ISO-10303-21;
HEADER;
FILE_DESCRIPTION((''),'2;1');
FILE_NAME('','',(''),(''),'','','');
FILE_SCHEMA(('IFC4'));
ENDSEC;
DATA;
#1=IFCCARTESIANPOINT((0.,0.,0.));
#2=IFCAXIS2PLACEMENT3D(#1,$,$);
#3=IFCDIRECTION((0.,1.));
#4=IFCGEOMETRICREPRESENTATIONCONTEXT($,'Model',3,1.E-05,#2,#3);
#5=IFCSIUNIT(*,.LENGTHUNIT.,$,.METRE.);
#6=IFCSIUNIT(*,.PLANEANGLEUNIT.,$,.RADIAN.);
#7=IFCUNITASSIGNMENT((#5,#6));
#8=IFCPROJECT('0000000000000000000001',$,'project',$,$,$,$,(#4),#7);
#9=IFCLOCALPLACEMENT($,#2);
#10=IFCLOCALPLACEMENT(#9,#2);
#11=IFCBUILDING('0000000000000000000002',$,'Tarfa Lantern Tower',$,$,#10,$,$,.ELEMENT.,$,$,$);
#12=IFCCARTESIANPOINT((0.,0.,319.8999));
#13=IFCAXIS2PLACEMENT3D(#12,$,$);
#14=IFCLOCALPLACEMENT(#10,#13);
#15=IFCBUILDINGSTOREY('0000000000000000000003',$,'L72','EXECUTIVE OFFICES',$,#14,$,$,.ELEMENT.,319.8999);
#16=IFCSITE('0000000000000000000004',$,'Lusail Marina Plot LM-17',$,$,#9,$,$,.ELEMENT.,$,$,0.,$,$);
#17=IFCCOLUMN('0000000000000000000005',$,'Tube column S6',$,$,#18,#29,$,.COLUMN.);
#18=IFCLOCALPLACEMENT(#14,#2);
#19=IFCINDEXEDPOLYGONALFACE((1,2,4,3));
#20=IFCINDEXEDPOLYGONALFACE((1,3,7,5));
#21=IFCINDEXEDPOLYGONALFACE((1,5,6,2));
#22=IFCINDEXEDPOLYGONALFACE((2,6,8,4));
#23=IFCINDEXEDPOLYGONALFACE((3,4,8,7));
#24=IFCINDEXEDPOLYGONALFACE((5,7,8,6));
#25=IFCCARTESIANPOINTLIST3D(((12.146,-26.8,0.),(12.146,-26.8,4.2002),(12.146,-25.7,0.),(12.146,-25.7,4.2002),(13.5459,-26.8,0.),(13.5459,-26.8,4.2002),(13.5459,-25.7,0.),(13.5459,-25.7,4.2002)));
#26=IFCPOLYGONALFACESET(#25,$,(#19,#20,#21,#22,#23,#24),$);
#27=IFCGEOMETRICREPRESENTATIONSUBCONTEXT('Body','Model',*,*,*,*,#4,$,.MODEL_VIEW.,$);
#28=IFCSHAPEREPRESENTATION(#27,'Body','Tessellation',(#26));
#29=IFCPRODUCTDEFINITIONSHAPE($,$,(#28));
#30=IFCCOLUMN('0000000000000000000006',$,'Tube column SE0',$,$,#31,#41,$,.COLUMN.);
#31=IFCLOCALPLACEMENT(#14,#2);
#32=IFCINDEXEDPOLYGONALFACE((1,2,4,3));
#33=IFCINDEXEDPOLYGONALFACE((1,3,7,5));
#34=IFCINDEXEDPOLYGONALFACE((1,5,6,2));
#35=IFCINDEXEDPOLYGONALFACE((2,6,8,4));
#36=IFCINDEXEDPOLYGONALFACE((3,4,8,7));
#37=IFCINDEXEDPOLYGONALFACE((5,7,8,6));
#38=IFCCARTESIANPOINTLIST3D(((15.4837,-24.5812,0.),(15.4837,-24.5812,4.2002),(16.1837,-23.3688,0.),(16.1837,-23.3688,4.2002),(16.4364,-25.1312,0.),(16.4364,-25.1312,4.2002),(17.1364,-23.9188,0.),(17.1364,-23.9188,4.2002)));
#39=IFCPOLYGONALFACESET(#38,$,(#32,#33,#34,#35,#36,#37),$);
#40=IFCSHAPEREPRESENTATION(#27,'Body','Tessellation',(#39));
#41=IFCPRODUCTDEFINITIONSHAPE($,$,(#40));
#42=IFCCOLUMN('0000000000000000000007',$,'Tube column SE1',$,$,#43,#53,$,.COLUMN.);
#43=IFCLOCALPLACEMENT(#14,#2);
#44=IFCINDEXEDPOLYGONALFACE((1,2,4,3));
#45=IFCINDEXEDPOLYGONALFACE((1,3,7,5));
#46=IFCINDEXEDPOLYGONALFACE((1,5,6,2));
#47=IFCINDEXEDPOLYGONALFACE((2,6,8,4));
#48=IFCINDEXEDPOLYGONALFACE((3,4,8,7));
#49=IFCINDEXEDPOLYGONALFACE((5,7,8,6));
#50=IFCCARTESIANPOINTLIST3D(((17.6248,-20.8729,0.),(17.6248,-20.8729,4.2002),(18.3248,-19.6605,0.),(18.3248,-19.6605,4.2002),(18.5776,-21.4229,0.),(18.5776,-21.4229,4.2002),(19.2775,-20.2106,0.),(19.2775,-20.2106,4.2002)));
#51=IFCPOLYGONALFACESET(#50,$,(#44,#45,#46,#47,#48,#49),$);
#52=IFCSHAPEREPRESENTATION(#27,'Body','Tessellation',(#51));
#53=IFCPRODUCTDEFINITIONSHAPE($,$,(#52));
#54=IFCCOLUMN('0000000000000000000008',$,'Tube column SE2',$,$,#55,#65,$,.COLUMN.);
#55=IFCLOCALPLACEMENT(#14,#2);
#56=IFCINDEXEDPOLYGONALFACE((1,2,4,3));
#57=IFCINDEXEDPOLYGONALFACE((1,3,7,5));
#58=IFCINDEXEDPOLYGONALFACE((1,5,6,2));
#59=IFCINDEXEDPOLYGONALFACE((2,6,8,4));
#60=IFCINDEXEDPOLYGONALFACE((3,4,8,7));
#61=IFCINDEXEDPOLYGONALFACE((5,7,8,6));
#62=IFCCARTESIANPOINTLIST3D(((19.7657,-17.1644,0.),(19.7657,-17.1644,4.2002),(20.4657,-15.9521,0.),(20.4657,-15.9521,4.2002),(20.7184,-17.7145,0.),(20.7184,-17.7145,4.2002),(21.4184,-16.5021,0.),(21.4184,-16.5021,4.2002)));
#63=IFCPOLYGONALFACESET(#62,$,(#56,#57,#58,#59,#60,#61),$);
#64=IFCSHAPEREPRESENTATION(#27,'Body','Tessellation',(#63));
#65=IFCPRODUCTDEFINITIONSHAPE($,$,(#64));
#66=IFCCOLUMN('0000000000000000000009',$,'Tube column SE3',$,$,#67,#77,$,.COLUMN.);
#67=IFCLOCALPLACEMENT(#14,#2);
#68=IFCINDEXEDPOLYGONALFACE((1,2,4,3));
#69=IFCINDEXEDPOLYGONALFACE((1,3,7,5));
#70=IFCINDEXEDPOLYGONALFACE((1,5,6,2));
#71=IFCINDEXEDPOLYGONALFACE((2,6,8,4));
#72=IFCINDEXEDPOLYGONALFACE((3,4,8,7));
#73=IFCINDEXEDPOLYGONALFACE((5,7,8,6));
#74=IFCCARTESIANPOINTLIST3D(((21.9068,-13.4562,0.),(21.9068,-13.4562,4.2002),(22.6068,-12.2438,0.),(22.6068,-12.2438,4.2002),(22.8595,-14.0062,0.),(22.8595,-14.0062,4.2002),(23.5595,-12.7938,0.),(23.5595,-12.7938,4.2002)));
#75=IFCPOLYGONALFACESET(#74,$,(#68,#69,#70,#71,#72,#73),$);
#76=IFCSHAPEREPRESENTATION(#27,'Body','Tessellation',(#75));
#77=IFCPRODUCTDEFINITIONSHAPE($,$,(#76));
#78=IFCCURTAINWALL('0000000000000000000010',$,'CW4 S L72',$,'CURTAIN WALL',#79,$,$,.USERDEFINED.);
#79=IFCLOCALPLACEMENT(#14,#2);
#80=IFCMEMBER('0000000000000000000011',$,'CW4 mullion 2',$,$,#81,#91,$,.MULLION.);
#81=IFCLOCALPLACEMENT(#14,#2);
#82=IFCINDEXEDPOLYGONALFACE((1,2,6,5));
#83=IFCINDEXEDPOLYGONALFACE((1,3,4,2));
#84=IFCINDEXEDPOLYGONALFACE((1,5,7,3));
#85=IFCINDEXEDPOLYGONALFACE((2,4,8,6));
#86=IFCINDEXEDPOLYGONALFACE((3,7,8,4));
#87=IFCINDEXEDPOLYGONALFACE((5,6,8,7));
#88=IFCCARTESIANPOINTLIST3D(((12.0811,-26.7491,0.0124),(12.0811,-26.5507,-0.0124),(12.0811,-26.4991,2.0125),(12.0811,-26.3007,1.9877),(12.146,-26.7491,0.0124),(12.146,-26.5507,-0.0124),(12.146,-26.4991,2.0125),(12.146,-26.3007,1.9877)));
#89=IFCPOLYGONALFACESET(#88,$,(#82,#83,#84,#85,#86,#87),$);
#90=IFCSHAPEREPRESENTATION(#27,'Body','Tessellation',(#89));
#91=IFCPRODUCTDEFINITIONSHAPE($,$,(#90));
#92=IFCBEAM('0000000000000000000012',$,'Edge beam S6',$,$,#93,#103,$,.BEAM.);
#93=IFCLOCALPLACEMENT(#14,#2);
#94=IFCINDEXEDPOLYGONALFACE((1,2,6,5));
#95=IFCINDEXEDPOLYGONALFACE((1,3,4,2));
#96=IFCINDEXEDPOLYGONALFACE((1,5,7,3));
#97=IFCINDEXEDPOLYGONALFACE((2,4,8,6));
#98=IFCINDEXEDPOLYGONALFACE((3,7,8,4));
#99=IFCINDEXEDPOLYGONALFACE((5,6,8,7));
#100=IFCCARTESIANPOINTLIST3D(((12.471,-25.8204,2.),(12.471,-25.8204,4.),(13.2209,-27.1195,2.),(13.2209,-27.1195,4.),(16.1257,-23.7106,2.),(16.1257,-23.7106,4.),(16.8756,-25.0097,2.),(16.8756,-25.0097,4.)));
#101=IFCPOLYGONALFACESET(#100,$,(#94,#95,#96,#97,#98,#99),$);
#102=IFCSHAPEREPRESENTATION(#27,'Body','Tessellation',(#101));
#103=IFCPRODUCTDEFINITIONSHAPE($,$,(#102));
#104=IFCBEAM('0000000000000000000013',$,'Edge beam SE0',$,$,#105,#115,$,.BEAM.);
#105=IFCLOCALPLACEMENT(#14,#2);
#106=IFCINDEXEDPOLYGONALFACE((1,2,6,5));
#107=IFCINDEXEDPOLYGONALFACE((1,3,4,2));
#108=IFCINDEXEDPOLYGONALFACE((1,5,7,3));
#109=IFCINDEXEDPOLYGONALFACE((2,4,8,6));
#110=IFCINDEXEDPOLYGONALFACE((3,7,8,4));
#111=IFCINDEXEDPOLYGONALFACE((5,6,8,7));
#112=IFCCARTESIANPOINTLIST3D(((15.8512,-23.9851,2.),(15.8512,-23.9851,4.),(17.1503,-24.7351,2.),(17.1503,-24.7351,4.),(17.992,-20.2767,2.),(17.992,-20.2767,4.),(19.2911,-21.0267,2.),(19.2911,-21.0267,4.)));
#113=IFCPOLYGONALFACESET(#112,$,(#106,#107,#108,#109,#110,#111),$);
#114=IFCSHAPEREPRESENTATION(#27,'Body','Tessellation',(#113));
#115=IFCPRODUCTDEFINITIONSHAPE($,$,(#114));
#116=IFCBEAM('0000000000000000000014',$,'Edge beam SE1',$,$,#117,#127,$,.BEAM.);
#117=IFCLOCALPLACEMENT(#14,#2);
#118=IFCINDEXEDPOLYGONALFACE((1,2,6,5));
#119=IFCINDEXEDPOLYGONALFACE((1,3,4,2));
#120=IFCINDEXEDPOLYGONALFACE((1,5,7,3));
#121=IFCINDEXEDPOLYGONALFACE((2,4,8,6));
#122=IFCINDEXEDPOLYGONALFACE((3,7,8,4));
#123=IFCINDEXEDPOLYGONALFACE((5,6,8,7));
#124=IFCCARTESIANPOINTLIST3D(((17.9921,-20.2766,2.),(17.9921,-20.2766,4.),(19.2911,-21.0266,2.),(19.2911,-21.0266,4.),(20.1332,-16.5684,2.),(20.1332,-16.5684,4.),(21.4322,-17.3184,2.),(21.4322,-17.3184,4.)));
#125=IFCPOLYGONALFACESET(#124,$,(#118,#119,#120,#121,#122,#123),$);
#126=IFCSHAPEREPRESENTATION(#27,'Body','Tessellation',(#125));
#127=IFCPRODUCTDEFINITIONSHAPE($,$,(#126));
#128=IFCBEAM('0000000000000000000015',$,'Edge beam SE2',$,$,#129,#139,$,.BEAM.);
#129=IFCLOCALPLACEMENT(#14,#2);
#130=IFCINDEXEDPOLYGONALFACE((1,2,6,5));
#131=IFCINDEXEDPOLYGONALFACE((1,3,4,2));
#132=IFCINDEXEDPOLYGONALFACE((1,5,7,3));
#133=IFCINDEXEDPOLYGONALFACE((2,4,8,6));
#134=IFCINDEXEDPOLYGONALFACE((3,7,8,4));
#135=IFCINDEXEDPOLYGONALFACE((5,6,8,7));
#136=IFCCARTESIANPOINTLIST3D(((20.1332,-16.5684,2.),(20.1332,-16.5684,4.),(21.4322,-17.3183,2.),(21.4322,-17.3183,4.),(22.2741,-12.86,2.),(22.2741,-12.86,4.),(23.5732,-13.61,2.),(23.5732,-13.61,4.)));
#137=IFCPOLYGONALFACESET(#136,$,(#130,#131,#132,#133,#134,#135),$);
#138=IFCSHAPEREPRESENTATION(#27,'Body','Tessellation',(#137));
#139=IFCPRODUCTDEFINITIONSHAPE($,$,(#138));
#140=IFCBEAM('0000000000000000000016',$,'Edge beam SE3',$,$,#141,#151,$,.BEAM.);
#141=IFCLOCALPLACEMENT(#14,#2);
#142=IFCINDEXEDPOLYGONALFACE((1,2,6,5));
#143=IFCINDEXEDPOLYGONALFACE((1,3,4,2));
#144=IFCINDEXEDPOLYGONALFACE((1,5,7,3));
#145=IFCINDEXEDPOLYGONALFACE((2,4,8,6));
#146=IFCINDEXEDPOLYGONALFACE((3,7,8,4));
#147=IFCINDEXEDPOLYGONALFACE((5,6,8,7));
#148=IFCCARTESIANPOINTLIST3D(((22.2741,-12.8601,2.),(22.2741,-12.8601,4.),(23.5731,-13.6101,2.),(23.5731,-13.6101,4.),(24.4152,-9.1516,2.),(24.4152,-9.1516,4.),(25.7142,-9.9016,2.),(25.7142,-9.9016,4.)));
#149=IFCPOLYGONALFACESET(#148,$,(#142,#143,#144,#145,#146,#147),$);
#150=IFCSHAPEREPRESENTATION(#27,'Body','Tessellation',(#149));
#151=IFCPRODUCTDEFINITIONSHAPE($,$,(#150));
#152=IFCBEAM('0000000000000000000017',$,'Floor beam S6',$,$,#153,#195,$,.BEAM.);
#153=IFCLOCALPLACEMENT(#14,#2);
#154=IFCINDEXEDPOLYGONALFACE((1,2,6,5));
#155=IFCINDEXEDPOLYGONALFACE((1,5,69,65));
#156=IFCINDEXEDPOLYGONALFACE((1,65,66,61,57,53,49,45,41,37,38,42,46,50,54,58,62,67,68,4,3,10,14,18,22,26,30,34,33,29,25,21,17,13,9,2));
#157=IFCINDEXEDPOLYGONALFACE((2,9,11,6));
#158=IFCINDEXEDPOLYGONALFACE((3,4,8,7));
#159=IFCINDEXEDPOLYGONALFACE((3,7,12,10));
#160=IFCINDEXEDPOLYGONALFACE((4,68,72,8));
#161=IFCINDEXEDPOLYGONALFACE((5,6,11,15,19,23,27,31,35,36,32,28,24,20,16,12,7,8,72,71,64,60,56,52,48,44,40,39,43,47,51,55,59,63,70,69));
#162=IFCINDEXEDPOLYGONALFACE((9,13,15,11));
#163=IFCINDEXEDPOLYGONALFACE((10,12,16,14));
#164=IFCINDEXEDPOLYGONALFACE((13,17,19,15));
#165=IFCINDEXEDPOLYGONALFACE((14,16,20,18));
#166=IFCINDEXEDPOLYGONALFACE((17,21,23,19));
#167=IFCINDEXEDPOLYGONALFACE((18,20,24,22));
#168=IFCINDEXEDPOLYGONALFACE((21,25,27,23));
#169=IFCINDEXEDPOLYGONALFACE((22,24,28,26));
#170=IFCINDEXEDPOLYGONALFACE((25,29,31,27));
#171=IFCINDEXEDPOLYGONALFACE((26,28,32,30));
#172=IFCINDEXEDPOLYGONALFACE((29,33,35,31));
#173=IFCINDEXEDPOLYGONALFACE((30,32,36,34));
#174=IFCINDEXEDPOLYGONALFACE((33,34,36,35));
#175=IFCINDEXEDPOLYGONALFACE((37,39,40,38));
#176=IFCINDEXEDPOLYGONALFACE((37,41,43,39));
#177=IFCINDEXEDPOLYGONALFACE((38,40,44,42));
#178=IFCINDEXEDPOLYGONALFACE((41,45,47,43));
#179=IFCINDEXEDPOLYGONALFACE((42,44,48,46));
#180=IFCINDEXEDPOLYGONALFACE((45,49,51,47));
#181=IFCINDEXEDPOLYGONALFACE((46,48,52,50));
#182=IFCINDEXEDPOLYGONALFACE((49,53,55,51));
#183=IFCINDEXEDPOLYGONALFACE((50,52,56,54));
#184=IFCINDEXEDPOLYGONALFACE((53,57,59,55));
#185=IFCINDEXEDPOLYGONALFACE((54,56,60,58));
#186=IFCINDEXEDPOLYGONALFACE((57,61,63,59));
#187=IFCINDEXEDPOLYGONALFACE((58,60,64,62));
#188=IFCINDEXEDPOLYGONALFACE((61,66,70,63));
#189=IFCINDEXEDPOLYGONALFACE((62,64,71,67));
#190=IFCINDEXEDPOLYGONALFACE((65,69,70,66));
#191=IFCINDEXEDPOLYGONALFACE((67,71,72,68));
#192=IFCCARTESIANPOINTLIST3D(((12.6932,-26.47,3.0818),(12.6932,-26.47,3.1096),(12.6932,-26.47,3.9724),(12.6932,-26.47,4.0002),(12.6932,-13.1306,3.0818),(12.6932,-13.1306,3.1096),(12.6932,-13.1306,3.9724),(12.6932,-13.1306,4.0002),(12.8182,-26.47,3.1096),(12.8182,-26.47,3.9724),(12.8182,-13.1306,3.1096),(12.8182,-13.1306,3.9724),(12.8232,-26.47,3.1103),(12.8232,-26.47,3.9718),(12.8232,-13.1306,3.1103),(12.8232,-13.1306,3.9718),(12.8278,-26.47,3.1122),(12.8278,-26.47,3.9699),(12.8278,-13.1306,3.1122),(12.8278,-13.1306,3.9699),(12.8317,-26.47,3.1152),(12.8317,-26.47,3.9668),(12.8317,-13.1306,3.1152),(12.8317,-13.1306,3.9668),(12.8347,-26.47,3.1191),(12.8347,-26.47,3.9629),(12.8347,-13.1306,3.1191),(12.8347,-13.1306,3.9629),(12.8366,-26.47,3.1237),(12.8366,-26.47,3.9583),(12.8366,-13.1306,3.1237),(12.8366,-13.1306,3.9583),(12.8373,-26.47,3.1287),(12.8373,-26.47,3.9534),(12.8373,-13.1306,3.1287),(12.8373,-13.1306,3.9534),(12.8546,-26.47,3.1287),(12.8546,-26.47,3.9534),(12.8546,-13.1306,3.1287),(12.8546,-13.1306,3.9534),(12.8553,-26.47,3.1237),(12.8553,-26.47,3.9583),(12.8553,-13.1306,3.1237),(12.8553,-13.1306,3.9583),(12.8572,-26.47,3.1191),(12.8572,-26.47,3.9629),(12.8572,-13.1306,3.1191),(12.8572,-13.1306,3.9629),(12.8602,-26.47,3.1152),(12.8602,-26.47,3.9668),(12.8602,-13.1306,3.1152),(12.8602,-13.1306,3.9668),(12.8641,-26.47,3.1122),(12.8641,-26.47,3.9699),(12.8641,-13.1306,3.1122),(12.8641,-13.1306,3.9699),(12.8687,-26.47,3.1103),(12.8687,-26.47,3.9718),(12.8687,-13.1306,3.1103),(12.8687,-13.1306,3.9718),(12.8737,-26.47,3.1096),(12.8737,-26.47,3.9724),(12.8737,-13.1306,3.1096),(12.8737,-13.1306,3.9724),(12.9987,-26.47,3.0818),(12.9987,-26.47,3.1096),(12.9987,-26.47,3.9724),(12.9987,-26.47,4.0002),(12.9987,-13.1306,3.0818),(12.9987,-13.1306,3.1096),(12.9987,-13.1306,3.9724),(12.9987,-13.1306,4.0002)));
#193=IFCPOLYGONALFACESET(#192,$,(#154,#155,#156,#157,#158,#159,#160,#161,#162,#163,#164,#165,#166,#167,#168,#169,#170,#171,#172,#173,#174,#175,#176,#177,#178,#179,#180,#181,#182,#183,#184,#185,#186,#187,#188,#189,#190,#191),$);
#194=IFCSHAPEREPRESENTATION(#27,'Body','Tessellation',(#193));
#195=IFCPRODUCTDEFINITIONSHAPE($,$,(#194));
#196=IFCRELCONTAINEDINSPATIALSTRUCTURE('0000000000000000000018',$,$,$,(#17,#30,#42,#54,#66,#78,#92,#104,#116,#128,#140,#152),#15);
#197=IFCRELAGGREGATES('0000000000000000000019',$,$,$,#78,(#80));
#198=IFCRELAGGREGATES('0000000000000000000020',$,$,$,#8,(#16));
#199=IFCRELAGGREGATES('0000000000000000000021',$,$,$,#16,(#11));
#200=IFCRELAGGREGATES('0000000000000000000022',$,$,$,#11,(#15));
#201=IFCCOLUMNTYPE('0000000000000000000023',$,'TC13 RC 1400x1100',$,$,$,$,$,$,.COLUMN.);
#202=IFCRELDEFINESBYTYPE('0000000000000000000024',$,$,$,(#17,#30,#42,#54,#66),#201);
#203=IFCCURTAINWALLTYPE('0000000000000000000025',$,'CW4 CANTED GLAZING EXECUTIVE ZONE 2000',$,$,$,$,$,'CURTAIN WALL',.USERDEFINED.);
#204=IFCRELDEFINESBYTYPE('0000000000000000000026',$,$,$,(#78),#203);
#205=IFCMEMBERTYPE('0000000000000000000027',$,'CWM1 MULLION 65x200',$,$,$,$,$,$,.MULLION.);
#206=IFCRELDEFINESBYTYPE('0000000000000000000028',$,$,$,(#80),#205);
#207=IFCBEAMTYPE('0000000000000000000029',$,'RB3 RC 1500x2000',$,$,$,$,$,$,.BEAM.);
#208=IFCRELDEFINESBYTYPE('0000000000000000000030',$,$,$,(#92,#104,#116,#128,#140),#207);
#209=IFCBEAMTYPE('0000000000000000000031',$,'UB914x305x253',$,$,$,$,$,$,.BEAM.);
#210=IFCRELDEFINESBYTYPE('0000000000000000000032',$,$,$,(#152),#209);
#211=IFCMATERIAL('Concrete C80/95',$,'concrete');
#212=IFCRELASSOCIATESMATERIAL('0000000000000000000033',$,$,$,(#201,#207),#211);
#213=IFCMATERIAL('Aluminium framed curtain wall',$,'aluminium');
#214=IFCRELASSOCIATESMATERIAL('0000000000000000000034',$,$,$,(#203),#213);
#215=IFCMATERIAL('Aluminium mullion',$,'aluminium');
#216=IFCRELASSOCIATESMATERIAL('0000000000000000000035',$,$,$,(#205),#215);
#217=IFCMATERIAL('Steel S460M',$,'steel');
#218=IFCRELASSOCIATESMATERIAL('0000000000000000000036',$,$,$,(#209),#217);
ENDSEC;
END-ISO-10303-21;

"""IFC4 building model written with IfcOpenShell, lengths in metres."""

from ifc_helpers import new_model, si_unit, direction, frame, origin, origin_2d, place, context, subcontext, project, spatial, rectangle, i_section, extrude, material, material_profile, profile_set, type_object, element, aggregate, save


model = new_model("IFC4")

# Units and contexts
model_context = context("Model", 3, precision=1e-05, world=origin(), true_north=direction((0.0, 1.0)))
body_context = subcontext(model_context, "Body", "Model", "MODEL_VIEW")
ifc_project = project(units=[si_unit("LENGTHUNIT", "METRE"), si_unit("PLANEANGLEUNIT", "RADIAN")], contexts=[model_context])

# Site, building, storey
site_placement = place(None, origin())
site = spatial("IfcSite", under=ifc_project, at=site_placement, Name="Lusail Marina Plot LM-17", CompositionType="ELEMENT", RefElevation=0.0)
building_placement = place(site_placement, origin())
building = spatial("IfcBuilding", under=site, at=building_placement, Name="Tarfa Lantern Tower", CompositionType="ELEMENT")
storey_placement = place(building_placement, frame((0.0, 0.0, 319.8999)))
storey = spatial("IfcBuildingStorey", under=building, at=storey_placement, Name="L72", Description="EXECUTIVE OFFICES", CompositionType="ELEMENT", Elevation=319.8999)

# Columns
ifc_material_1 = material(Name="Concrete C80/95", Category="concrete")
ifc_material_profile_1 = material_profile(ifc_material_1, rectangle(XDim=1.3999, YDim=1.1001, at=origin_2d()), Name="RC 1400x1100")
ifc_profile_set_1 = profile_set([ifc_material_profile_1], Name="Concrete C80/95")
column_type = type_object("IfcColumnType", Name="TC13 RC 1400x1100", PredefinedType="COLUMN", material=ifc_profile_set_1)
for number, where, z_axis, x_axis, name in (
    (1, (12.8459, -26.25, 0.0), (0.0, 0.0, 1.0), (1.0, 0.0, 0.0), "Tube column S6"),
    (2, (16.3101, -24.25, 0.0), (0.0, 0.0, 1.0), (0.5, 0.866025, 0.0), "Tube column SE0"),
    (3, (18.4512, -20.5417, 0.0), (0.0, 0.0, 1.0), (0.5, 0.866025, 0.0), "Tube column SE1"),
    (4, (20.592, -16.8333, 0.0), (0.0, 0.0, 1.0), (0.5, 0.866025, 0.0), "Tube column SE2"),
    (5, (22.7332, -13.125, 0.0), (0.0, 0.0, 1.0), (0.5, 0.866025, 0.0), "Tube column SE3"),
):
    element("IfcColumn", number, at=place(storey_placement, frame(where, z_axis=z_axis, x_axis=x_axis)), inside=storey, type_object=column_type, Name=name, PredefinedType="COLUMN", context=body_context, shape_type="SweptSolid", body=[
        extrude(rectangle(XDim=1.3999, YDim=1.1001, at=origin_2d()), origin(), (0.0, 0.0, 1.0), 4.2002),
    ])

# Curtain wall, member
ifc_material_2 = material(Name="Aluminium framed curtain wall", Category="aluminium")
curtain_wall_type = type_object("IfcCurtainWallType", Name="CW4 CANTED GLAZING EXECUTIVE ZONE 2000", ElementType="CURTAIN WALL", PredefinedType="USERDEFINED", material=ifc_material_2)
curtain_wall_placement = place(storey_placement, origin())
curtain_wall = element("IfcCurtainWall", 6, at=curtain_wall_placement, inside=storey, type_object=curtain_wall_type, Name="CW4 S L72", ObjectType="CURTAIN WALL", PredefinedType="USERDEFINED")
ifc_material_3 = material(Name="Aluminium mullion", Category="aluminium")
ifc_material_profile_2 = material_profile(ifc_material_3, rectangle(XDim=0.0649, YDim=0.2, at=origin_2d()), Name="AL MULLION 65x200")
ifc_profile_set_2 = profile_set([ifc_material_profile_2], Name="Aluminium mullion")
member_type = type_object("IfcMemberType", Name="CWM1 MULLION 65x200", PredefinedType="MULLION", material=ifc_profile_set_2)
member_placement = place(storey_placement, frame((12.1135, -26.6499, 0.0), z_axis=(0.0, 0.124035, 0.992278), x_axis=(-1.0, 0.0, 0.0)))
member = element("IfcMember", 7, at=member_placement, type_object=member_type, Name="CW4 mullion 2", PredefinedType="MULLION", context=body_context, shape_type="SweptSolid", body=[
    extrude(rectangle(XDim=0.0649, YDim=0.2, at=origin_2d()), origin(), (0.0, 0.0, 1.0), 2.0156),
])
aggregate(curtain_wall, [member])

# Beams
ifc_material_profile_3 = material_profile(ifc_material_1, rectangle(XDim=1.5, YDim=2.0, at=origin_2d()), Name="RC 1500x2000")
ifc_profile_set_3 = profile_set([ifc_material_profile_3], Name="Concrete C80/95")
beam_type_1 = type_object("IfcBeamType", Name="RB3 RC 1500x2000", PredefinedType="BEAM", material=ifc_profile_set_3)
beam_1_placement = place(storey_placement, frame((12.8459, -26.47, 3.0), z_axis=(0.866049, 0.499959, 0.0), x_axis=(-0.499959, 0.866049, 0.0)))
element("IfcBeam", 8, at=beam_1_placement, inside=storey, type_object=beam_type_1, Name="Edge beam S6", PredefinedType="BEAM", context=body_context, shape_type="SweptSolid", body=[
    extrude(rectangle(XDim=1.5, YDim=2.0, at=origin_2d()), origin(), (0.0, 0.0, 1.0), 4.22),
])
for number, where, z_axis, x_axis, name in (
    (9, (16.5007, -24.3601, 3.0), (0.499959, 0.866049, 0.0), (-0.866049, 0.499959, 0.0), "Edge beam SE0"),
    (10, (18.6416, -20.6516, 3.0), (0.500027, 0.86601, 0.0), (-0.86601, 0.500027, 0.0), "Edge beam SE1"),
    (11, (20.7827, -16.9434, 3.0), (0.499984, 0.866035, 0.0), (-0.866035, 0.499984, 0.0), "Edge beam SE2"),
):
    element("IfcBeam", number, at=place(storey_placement, frame(where, z_axis=z_axis, x_axis=x_axis)), inside=storey, type_object=beam_type_1, Name=name, PredefinedType="BEAM", context=body_context, shape_type="SweptSolid", body=[
        extrude(rectangle(XDim=1.5, YDim=2.0, at=origin_2d()), origin(), (0.0, 0.0, 1.0), 4.282),
    ])
beam_2_placement = place(storey_placement, frame((22.9236, -13.2351, 3.0), z_axis=(0.500002, 0.866024, 0.0), x_axis=(-0.866024, 0.500002, 0.0)))
element("IfcBeam", 12, at=beam_2_placement, inside=storey, type_object=beam_type_1, Name="Edge beam SE3", PredefinedType="BEAM", context=body_context, shape_type="SweptSolid", body=[
    extrude(rectangle(XDim=1.5, YDim=2.0, at=origin_2d()), origin(), (0.0, 0.0, 1.0), 4.2822),
])
ifc_material_4 = material(Name="Steel S460M", Category="steel")
ifc_material_profile_4 = material_profile(ifc_material_4, i_section(OverallWidth=0.3054, OverallDepth=0.9185, WebThickness=0.0173, FlangeThickness=0.0278, FilletRadius=0.019, at=origin_2d()), Name="UB914x305x253")
ifc_profile_set_4 = profile_set([ifc_material_profile_4], Name="Steel S460M")
beam_type_2 = type_object("IfcBeamType", Name="UB914x305x253", PredefinedType="BEAM", material=ifc_profile_set_4)
beam_3_placement = place(storey_placement, frame((12.8459, -26.47, 3.541), z_axis=(0.0, 1.0, 0.0), x_axis=(-1.0, 0.0, 0.0)))
element("IfcBeam", 13, at=beam_3_placement, inside=storey, type_object=beam_type_2, Name="Floor beam S6", PredefinedType="BEAM", context=body_context, shape_type="SweptSolid", body=[
    extrude(i_section(OverallWidth=0.3054, OverallDepth=0.9185, WebThickness=0.0173, FlangeThickness=0.0278, FilletRadius=0.019, at=origin_2d()), origin(), (0.0, 0.0, 1.0), 13.3394),
])

save(model, "model.ifc")
